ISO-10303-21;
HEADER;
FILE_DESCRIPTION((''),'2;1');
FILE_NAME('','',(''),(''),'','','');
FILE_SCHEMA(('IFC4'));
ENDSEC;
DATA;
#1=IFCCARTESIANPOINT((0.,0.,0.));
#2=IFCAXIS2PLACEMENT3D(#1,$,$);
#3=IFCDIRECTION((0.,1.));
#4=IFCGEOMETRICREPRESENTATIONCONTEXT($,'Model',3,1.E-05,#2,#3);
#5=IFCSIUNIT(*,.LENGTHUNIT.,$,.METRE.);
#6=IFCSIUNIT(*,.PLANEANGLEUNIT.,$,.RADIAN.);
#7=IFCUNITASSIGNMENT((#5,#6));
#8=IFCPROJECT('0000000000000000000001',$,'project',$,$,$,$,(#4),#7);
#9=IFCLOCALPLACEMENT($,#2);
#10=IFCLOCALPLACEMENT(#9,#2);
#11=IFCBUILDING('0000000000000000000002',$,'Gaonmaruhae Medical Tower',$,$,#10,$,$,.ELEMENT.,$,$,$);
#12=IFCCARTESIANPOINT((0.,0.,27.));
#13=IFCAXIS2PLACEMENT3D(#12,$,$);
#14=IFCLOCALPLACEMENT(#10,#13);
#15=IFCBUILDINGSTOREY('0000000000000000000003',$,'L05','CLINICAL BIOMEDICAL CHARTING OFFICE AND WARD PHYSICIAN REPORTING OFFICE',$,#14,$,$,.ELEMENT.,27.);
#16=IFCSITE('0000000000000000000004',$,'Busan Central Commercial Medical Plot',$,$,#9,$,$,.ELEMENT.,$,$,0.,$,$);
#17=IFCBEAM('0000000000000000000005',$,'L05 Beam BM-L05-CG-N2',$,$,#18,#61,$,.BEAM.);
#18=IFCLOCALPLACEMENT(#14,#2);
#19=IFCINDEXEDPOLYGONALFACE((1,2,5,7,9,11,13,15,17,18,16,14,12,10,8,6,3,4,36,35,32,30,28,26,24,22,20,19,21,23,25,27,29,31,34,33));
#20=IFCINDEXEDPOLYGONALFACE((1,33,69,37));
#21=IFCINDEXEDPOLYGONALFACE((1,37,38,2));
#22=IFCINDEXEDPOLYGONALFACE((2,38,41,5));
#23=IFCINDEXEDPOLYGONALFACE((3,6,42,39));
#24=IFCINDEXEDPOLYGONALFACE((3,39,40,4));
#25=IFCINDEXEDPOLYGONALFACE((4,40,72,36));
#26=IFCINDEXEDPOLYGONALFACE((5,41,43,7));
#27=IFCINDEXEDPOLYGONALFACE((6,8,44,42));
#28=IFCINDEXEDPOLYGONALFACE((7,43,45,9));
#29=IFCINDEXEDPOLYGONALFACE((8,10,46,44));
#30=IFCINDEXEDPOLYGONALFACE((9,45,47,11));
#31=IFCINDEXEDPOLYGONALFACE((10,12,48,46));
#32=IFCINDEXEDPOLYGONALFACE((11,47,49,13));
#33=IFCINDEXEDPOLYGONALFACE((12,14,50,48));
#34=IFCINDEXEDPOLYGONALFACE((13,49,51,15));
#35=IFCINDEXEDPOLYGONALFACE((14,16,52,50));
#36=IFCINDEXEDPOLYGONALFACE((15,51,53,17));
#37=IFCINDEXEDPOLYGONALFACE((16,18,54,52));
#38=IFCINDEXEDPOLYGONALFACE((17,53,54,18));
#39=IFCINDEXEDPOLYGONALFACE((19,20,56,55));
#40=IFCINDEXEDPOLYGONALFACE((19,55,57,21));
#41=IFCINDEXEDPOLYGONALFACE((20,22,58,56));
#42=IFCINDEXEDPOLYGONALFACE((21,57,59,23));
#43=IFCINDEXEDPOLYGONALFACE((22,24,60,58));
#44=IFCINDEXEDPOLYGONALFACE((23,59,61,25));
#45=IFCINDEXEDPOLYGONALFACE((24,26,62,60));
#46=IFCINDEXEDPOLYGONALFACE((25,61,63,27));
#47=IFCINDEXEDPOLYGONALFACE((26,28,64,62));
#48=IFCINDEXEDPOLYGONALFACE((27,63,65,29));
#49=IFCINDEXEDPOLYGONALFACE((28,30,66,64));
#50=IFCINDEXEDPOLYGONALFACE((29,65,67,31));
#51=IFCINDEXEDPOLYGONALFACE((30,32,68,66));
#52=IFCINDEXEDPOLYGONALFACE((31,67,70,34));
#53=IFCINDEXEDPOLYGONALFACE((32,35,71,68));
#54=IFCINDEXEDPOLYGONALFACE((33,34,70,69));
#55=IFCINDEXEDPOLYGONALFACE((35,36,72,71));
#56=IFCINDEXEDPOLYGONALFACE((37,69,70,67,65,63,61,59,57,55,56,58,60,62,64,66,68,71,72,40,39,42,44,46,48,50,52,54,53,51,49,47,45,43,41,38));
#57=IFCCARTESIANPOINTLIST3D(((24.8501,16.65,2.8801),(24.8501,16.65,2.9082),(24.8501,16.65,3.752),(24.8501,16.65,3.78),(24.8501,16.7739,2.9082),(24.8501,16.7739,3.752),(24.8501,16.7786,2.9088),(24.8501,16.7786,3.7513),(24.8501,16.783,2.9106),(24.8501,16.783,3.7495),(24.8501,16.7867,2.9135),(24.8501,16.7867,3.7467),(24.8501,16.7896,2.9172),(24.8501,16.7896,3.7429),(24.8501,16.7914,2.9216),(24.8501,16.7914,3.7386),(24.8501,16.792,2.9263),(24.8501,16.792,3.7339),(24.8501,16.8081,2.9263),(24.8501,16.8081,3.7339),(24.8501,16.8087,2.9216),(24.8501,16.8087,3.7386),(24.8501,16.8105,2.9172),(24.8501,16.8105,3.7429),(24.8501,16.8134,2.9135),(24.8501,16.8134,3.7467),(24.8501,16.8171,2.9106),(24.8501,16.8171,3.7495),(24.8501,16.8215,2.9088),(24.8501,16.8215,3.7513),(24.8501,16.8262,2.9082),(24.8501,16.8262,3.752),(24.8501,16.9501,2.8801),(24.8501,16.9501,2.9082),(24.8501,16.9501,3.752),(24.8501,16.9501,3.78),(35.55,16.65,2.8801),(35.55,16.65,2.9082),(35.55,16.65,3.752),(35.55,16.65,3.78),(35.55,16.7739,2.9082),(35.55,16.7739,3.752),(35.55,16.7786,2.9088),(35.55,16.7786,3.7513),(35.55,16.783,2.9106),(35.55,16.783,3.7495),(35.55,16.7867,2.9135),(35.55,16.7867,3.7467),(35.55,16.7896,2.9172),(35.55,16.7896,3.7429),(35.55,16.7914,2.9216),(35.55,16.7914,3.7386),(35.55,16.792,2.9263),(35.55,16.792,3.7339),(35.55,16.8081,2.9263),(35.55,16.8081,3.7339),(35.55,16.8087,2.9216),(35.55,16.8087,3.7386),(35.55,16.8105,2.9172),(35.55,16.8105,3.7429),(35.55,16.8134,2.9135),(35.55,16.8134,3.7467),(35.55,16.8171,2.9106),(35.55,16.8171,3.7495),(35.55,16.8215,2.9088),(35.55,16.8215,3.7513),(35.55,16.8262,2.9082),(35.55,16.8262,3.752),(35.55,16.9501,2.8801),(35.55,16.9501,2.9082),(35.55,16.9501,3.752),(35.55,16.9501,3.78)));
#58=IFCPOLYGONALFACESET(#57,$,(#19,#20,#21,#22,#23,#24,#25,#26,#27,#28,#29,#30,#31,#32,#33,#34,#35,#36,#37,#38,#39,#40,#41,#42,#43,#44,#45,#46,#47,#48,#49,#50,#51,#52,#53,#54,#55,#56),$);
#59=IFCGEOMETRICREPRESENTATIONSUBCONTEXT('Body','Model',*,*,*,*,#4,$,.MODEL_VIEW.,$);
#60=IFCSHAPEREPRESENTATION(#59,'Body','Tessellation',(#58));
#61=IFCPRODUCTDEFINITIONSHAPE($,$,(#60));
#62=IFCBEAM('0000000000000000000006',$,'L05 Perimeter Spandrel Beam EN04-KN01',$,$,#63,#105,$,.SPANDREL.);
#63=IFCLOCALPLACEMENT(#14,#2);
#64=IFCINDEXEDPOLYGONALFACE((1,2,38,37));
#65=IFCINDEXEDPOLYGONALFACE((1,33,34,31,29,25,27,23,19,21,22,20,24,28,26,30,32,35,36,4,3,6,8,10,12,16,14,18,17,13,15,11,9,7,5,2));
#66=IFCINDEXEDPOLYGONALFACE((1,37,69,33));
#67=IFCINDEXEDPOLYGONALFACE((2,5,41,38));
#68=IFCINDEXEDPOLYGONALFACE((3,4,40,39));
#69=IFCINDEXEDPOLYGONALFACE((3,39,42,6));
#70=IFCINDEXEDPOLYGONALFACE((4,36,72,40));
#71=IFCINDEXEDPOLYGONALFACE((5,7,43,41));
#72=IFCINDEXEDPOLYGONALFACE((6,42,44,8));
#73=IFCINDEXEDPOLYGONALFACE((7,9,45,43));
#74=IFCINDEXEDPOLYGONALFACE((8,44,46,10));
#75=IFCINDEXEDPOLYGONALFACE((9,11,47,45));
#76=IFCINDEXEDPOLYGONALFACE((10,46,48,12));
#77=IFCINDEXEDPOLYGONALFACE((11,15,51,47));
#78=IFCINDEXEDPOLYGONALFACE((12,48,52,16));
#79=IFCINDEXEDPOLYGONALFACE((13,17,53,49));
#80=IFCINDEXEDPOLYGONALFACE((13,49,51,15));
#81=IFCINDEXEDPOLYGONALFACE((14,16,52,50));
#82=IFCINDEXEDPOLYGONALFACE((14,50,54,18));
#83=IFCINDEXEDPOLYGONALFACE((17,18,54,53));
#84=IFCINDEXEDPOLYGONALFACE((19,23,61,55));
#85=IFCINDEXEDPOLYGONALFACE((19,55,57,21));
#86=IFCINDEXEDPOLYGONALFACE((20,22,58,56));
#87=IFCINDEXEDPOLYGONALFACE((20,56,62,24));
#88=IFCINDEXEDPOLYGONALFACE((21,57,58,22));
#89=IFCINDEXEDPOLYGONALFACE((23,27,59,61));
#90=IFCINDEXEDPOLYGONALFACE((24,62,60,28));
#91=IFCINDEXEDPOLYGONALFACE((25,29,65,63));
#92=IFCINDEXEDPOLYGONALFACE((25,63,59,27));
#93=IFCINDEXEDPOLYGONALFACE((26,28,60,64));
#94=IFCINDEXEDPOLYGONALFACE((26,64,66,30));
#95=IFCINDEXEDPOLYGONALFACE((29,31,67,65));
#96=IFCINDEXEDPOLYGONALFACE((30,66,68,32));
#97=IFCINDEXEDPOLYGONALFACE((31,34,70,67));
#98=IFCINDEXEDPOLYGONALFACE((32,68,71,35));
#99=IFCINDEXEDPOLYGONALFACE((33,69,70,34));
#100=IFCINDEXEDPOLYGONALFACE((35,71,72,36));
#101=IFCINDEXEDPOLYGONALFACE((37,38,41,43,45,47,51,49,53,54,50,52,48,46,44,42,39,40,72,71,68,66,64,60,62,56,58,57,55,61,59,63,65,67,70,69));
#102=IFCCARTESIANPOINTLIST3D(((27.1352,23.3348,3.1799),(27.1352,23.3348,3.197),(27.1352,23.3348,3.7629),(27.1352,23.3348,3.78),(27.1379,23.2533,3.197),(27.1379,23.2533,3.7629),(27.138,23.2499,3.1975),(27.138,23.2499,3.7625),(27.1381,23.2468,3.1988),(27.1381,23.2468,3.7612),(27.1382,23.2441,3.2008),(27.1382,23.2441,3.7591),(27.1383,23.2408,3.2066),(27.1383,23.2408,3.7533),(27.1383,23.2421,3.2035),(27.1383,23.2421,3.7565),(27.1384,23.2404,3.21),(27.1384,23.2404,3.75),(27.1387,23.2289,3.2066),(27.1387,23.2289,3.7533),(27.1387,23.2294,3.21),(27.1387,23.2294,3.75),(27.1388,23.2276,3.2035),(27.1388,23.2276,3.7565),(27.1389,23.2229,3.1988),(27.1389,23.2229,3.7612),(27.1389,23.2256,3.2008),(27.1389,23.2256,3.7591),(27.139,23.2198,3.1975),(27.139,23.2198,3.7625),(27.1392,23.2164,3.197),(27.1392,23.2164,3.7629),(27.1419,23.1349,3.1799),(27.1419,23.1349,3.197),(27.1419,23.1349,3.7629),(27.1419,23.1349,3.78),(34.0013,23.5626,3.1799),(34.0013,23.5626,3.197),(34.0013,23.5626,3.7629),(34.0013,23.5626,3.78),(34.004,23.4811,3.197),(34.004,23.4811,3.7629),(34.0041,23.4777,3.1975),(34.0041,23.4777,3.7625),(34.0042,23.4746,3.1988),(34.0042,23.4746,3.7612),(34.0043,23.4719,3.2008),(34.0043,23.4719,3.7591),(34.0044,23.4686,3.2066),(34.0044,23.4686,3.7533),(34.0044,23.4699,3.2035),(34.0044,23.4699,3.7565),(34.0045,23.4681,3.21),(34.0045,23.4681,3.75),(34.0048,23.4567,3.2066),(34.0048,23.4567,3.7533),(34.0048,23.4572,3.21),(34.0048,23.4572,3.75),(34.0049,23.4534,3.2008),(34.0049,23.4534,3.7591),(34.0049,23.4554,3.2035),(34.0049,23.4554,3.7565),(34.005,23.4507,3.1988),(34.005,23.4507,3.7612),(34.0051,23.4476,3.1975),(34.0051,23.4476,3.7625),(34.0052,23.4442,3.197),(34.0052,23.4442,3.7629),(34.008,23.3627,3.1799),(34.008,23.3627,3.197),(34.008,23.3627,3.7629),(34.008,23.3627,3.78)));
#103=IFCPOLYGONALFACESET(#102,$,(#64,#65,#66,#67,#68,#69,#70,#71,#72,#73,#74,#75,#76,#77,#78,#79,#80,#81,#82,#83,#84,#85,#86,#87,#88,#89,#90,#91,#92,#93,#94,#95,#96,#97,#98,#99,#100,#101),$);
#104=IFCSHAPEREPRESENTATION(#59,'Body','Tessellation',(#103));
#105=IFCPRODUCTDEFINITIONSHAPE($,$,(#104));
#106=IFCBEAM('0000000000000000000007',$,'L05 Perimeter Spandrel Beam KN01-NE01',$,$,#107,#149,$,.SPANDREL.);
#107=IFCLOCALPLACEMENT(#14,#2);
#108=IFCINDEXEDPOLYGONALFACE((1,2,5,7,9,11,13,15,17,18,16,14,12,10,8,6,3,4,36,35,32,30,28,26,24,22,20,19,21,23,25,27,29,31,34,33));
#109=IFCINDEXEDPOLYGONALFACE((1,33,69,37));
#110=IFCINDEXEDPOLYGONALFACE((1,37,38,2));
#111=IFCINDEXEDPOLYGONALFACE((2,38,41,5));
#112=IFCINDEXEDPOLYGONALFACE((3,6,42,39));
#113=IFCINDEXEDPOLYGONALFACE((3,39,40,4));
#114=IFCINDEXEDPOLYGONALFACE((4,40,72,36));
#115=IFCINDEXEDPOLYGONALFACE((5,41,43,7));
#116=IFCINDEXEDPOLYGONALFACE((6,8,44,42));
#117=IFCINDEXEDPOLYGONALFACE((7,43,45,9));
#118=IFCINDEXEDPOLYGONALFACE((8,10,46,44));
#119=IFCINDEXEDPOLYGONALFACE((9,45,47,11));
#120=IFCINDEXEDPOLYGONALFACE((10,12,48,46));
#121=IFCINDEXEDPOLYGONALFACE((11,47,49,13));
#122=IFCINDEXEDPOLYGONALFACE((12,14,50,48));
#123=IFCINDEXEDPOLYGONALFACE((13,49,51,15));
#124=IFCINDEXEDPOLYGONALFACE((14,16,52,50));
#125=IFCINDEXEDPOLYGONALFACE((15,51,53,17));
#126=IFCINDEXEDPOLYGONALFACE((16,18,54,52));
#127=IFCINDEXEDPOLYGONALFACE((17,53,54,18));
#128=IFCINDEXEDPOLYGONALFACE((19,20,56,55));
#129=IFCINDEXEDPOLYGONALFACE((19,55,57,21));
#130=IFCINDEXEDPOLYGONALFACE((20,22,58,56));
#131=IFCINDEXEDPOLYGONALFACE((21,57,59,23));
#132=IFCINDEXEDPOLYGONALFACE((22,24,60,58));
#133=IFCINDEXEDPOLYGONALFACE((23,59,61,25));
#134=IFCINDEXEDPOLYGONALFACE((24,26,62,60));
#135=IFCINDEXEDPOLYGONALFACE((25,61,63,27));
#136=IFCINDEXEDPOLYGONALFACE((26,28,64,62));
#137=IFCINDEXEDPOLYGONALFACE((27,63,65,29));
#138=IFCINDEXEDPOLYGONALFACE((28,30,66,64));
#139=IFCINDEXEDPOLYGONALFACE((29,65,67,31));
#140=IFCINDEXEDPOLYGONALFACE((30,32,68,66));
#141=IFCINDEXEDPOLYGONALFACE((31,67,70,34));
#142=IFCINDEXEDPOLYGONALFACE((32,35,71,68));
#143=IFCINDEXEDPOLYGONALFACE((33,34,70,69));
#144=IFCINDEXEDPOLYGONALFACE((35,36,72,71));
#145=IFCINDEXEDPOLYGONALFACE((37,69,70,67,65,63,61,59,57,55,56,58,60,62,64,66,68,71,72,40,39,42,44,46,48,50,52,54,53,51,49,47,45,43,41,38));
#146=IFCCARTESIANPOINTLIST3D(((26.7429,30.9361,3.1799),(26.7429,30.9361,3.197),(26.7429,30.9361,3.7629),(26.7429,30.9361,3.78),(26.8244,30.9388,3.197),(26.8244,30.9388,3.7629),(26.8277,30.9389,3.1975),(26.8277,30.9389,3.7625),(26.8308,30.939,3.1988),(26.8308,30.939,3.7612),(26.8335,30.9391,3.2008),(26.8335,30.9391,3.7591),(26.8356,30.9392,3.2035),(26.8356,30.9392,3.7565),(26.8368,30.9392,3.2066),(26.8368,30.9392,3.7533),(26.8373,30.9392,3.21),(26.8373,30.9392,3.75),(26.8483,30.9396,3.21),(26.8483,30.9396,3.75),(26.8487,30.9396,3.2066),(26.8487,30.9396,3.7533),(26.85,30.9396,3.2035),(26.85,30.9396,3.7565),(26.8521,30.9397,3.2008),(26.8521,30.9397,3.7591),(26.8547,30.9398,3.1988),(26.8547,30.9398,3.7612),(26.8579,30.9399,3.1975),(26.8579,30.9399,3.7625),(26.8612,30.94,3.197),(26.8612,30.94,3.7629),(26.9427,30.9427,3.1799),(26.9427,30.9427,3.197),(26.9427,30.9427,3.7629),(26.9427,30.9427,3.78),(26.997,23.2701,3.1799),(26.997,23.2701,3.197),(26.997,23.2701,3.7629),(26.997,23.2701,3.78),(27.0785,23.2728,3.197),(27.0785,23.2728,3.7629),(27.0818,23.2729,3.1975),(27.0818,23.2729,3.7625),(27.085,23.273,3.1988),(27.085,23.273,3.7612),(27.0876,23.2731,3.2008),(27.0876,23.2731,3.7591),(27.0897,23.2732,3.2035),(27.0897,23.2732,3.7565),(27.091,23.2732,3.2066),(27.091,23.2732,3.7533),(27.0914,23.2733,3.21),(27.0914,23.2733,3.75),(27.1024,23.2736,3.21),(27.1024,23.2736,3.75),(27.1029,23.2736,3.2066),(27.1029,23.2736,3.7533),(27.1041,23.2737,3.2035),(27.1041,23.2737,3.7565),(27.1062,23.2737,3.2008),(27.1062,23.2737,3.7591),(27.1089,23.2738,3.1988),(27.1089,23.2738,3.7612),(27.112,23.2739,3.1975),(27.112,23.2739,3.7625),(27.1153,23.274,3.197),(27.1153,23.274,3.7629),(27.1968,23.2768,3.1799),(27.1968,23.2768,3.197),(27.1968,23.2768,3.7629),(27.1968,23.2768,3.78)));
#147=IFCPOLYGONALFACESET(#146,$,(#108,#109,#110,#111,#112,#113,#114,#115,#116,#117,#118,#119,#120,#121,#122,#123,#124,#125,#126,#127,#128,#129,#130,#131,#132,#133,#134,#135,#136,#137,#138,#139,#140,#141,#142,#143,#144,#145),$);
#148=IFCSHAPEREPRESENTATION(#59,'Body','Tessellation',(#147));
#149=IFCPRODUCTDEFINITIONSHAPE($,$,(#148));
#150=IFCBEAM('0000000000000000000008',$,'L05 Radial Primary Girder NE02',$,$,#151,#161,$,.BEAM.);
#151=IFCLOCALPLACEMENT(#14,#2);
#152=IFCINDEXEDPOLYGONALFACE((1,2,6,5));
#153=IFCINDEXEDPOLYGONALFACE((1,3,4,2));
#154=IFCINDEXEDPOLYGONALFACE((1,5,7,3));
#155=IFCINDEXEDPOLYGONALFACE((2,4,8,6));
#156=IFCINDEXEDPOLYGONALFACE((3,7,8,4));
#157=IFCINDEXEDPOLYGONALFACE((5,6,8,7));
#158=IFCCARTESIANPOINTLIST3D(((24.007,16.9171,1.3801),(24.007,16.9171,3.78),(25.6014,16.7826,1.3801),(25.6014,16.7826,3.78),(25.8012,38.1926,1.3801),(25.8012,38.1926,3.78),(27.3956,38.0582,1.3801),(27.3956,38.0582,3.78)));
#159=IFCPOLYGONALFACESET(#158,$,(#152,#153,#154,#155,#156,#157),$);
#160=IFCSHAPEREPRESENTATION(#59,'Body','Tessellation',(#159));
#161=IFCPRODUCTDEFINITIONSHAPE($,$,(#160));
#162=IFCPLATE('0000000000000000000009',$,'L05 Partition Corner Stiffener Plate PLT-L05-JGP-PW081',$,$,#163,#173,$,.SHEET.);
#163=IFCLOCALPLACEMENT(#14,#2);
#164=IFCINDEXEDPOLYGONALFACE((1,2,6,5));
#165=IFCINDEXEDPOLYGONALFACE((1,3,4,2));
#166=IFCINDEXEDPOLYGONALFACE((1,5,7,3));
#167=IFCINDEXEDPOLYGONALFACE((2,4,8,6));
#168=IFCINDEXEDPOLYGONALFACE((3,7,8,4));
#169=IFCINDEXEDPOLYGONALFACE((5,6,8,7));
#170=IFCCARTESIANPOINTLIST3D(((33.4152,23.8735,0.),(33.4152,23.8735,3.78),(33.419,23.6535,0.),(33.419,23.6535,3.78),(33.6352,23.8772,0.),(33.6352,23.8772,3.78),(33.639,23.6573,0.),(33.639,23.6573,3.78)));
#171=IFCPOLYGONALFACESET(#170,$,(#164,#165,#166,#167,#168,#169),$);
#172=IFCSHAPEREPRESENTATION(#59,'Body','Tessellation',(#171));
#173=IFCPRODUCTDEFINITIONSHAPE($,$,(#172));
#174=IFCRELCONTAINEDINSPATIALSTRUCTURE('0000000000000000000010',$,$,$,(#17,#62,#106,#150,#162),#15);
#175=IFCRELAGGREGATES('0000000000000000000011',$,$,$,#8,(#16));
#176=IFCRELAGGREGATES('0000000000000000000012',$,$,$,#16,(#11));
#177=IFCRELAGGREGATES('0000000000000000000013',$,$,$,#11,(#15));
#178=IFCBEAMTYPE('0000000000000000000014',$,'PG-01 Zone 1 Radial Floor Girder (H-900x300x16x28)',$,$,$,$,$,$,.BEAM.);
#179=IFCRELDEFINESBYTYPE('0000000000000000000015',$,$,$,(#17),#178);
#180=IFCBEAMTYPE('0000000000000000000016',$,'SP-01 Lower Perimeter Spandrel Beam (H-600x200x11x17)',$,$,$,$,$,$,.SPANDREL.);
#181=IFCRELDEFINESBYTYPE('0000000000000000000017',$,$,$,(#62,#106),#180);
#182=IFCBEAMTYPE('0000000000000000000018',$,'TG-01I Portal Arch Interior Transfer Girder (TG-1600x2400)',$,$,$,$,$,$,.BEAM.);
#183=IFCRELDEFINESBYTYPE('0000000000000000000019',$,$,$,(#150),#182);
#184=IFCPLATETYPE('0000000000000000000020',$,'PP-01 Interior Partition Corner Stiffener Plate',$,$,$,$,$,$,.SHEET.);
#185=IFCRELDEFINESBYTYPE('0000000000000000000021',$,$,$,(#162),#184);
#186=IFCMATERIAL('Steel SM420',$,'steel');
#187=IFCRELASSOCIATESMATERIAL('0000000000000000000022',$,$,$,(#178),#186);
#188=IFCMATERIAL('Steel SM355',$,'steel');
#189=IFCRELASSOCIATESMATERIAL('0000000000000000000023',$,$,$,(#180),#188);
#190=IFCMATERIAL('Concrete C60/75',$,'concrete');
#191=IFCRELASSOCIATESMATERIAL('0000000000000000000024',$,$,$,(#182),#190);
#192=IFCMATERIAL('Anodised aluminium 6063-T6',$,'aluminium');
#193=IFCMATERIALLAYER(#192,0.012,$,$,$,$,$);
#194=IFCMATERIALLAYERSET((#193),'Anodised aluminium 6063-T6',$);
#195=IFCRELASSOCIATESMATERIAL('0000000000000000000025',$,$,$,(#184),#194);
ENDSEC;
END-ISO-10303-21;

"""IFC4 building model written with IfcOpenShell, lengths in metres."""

from ifc_helpers import new_model, si_unit, direction, frame, origin, origin_2d, place, context, subcontext, project, spatial, rectangle, i_section, extrude, material, layer, layer_set, material_profile, profile_set, type_object, element, save


model = new_model("IFC4")

# Units and contexts
model_context = context("Model", 3, precision=1e-05, world=origin(), true_north=direction((0.0, 1.0)))
body_context = subcontext(model_context, "Body", "Model", "MODEL_VIEW")
ifc_project = project(units=[si_unit("LENGTHUNIT", "METRE"), si_unit("PLANEANGLEUNIT", "RADIAN")], contexts=[model_context])

# Site, building, storey
site_placement = place(None, origin())
site = spatial("IfcSite", under=ifc_project, at=site_placement, Name="Busan Central Commercial Medical Plot", CompositionType="ELEMENT", RefElevation=0.0)
building_placement = place(site_placement, origin())
building = spatial("IfcBuilding", under=site, at=building_placement, Name="Gaonmaruhae Medical Tower", CompositionType="ELEMENT")
storey_placement = place(building_placement, frame((0.0, 0.0, 27.0)))
storey = spatial("IfcBuildingStorey", under=building, at=storey_placement, Name="L05", Description="CLINICAL BIOMEDICAL CHARTING OFFICE AND WARD PHYSICIAN REPORTING OFFICE", CompositionType="ELEMENT", Elevation=27.0)

# Shared definitions
ifc_material_1 = material(Name="Concrete C60/75", Category="concrete")

# Beams
ifc_material_2 = material(Name="Steel SM420", Category="steel")
ifc_material_3 = material(Name="Steel SM355", Category="steel")
ifc_material_profile_1 = material_profile(ifc_material_2, i_section(OverallWidth=0.3, OverallDepth=0.8999, WebThickness=0.0161, FlangeThickness=0.0281, FilletRadius=0.0181, at=origin_2d()), Name="H-900x300x16x28")
ifc_profile_set_1 = profile_set([ifc_material_profile_1], Name="Steel SM420")
beam_type_1 = type_object("IfcBeamType", Name="PG-01 Zone 1 Radial Floor Girder (H-900x300x16x28)", PredefinedType="BEAM", material=ifc_profile_set_1)
beam_1_placement = place(storey_placement, frame((24.8501, 16.8, 3.3301), z_axis=(1.0, 0.0, 0.0), x_axis=(0.0, 1.0, 0.0)))
element("IfcBeam", 1, at=beam_1_placement, inside=storey, type_object=beam_type_1, Name="L05 Beam BM-L05-CG-N2", PredefinedType="BEAM", context=body_context, shape_type="SweptSolid", body=[
    extrude(i_section(OverallWidth=0.3, OverallDepth=0.8999, WebThickness=0.0161, FlangeThickness=0.0281, FilletRadius=0.0181, at=origin_2d()), origin(), (0.0, 0.0, 1.0), 10.7),
])
ifc_material_profile_2 = material_profile(ifc_material_3, i_section(OverallWidth=0.2, OverallDepth=0.6001, WebThickness=0.011, FlangeThickness=0.0171, FilletRadius=0.0129, at=origin_2d()), Name="H-600x200x11x17")
ifc_profile_set_2 = profile_set([ifc_material_profile_2], Name="Steel SM355")
beam_type_2 = type_object("IfcBeamType", Name="SP-01 Lower Perimeter Spandrel Beam (H-600x200x11x17)", PredefinedType="SPANDREL", material=ifc_profile_set_2)
beam_2_placement = place(storey_placement, frame((34.0046, 23.4626, 3.48), z_axis=(-0.99945, -0.033156, 0.0), x_axis=(0.033156, -0.99945, 0.0)))
element("IfcBeam", 2, at=beam_2_placement, inside=storey, type_object=beam_type_2, Name="L05 Perimeter Spandrel Beam EN04-KN01", PredefinedType="SPANDREL", context=body_context, shape_type="SweptSolid", body=[
    extrude(i_section(OverallWidth=0.2, OverallDepth=0.6001, WebThickness=0.011, FlangeThickness=0.0171, FilletRadius=0.0129, at=origin_2d()), origin(), (0.0, 0.0, 1.0), 6.8699),
])
beam_3_placement = place(storey_placement, frame((27.0969, 23.2734, 3.48), z_axis=(-0.033135, 0.999451, 0.0), x_axis=(-0.999451, -0.033135, 0.0)))
element("IfcBeam", 3, at=beam_3_placement, inside=storey, type_object=beam_type_2, Name="L05 Perimeter Spandrel Beam KN01-NE01", PredefinedType="SPANDREL", context=body_context, shape_type="SweptSolid", body=[
    extrude(i_section(OverallWidth=0.2, OverallDepth=0.6001, WebThickness=0.011, FlangeThickness=0.0171, FilletRadius=0.0129, at=origin_2d()), origin(), (0.0, 0.0, 1.0), 7.6702),
])
ifc_material_profile_3 = material_profile(ifc_material_1, rectangle(XDim=1.6001, YDim=2.3999, at=origin_2d()), Name="TG-1600x2400")
ifc_profile_set_3 = profile_set([ifc_material_profile_3], Name="Concrete C60/75")
beam_type_3 = type_object("IfcBeamType", Name="TG-01I Portal Arch Interior Transfer Girder (TG-1600x2400)", PredefinedType="BEAM", material=ifc_profile_set_3)
beam_4_placement = place(storey_placement, frame((24.8042, 16.8499, 2.5801), z_axis=(0.084032, 0.996463, 0.0), x_axis=(-0.996463, 0.084032, 0.0)))
element("IfcBeam", 4, at=beam_4_placement, inside=storey, type_object=beam_type_3, Name="L05 Radial Primary Girder NE02", PredefinedType="BEAM", context=body_context, shape_type="SweptSolid", body=[
    extrude(rectangle(XDim=1.6001, YDim=2.3999, at=origin_2d()), origin(), (0.0, 0.0, 1.0), 21.3511),
])

# Plate
ifc_material_4 = material(Name="Anodised aluminium 6063-T6", Category="aluminium")
ifc_layer_1 = layer(ifc_material_4, 0.012)
ifc_layer_set_1 = layer_set([ifc_layer_1], Name="Anodised aluminium 6063-T6")
plate_type = type_object("IfcPlateType", Name="PP-01 Interior Partition Corner Stiffener Plate", PredefinedType="SHEET", material=ifc_layer_set_1)
plate_placement = place(storey_placement, frame((33.5271, 23.7654, 0.0), z_axis=(0.0, 0.0, 1.0), x_axis=(-0.017121, 0.999853, 0.0)))
element("IfcPlate", 5, at=plate_placement, inside=storey, type_object=plate_type, Name="L05 Partition Corner Stiffener Plate PLT-L05-JGP-PW081", PredefinedType="SHEET", context=body_context, shape_type="SweptSolid", body=[
    extrude(rectangle(XDim=0.22, YDim=0.22, at=origin_2d()), origin(), (0.0, 0.0, 1.0), 3.78),
])

save(model, "model.ifc")
